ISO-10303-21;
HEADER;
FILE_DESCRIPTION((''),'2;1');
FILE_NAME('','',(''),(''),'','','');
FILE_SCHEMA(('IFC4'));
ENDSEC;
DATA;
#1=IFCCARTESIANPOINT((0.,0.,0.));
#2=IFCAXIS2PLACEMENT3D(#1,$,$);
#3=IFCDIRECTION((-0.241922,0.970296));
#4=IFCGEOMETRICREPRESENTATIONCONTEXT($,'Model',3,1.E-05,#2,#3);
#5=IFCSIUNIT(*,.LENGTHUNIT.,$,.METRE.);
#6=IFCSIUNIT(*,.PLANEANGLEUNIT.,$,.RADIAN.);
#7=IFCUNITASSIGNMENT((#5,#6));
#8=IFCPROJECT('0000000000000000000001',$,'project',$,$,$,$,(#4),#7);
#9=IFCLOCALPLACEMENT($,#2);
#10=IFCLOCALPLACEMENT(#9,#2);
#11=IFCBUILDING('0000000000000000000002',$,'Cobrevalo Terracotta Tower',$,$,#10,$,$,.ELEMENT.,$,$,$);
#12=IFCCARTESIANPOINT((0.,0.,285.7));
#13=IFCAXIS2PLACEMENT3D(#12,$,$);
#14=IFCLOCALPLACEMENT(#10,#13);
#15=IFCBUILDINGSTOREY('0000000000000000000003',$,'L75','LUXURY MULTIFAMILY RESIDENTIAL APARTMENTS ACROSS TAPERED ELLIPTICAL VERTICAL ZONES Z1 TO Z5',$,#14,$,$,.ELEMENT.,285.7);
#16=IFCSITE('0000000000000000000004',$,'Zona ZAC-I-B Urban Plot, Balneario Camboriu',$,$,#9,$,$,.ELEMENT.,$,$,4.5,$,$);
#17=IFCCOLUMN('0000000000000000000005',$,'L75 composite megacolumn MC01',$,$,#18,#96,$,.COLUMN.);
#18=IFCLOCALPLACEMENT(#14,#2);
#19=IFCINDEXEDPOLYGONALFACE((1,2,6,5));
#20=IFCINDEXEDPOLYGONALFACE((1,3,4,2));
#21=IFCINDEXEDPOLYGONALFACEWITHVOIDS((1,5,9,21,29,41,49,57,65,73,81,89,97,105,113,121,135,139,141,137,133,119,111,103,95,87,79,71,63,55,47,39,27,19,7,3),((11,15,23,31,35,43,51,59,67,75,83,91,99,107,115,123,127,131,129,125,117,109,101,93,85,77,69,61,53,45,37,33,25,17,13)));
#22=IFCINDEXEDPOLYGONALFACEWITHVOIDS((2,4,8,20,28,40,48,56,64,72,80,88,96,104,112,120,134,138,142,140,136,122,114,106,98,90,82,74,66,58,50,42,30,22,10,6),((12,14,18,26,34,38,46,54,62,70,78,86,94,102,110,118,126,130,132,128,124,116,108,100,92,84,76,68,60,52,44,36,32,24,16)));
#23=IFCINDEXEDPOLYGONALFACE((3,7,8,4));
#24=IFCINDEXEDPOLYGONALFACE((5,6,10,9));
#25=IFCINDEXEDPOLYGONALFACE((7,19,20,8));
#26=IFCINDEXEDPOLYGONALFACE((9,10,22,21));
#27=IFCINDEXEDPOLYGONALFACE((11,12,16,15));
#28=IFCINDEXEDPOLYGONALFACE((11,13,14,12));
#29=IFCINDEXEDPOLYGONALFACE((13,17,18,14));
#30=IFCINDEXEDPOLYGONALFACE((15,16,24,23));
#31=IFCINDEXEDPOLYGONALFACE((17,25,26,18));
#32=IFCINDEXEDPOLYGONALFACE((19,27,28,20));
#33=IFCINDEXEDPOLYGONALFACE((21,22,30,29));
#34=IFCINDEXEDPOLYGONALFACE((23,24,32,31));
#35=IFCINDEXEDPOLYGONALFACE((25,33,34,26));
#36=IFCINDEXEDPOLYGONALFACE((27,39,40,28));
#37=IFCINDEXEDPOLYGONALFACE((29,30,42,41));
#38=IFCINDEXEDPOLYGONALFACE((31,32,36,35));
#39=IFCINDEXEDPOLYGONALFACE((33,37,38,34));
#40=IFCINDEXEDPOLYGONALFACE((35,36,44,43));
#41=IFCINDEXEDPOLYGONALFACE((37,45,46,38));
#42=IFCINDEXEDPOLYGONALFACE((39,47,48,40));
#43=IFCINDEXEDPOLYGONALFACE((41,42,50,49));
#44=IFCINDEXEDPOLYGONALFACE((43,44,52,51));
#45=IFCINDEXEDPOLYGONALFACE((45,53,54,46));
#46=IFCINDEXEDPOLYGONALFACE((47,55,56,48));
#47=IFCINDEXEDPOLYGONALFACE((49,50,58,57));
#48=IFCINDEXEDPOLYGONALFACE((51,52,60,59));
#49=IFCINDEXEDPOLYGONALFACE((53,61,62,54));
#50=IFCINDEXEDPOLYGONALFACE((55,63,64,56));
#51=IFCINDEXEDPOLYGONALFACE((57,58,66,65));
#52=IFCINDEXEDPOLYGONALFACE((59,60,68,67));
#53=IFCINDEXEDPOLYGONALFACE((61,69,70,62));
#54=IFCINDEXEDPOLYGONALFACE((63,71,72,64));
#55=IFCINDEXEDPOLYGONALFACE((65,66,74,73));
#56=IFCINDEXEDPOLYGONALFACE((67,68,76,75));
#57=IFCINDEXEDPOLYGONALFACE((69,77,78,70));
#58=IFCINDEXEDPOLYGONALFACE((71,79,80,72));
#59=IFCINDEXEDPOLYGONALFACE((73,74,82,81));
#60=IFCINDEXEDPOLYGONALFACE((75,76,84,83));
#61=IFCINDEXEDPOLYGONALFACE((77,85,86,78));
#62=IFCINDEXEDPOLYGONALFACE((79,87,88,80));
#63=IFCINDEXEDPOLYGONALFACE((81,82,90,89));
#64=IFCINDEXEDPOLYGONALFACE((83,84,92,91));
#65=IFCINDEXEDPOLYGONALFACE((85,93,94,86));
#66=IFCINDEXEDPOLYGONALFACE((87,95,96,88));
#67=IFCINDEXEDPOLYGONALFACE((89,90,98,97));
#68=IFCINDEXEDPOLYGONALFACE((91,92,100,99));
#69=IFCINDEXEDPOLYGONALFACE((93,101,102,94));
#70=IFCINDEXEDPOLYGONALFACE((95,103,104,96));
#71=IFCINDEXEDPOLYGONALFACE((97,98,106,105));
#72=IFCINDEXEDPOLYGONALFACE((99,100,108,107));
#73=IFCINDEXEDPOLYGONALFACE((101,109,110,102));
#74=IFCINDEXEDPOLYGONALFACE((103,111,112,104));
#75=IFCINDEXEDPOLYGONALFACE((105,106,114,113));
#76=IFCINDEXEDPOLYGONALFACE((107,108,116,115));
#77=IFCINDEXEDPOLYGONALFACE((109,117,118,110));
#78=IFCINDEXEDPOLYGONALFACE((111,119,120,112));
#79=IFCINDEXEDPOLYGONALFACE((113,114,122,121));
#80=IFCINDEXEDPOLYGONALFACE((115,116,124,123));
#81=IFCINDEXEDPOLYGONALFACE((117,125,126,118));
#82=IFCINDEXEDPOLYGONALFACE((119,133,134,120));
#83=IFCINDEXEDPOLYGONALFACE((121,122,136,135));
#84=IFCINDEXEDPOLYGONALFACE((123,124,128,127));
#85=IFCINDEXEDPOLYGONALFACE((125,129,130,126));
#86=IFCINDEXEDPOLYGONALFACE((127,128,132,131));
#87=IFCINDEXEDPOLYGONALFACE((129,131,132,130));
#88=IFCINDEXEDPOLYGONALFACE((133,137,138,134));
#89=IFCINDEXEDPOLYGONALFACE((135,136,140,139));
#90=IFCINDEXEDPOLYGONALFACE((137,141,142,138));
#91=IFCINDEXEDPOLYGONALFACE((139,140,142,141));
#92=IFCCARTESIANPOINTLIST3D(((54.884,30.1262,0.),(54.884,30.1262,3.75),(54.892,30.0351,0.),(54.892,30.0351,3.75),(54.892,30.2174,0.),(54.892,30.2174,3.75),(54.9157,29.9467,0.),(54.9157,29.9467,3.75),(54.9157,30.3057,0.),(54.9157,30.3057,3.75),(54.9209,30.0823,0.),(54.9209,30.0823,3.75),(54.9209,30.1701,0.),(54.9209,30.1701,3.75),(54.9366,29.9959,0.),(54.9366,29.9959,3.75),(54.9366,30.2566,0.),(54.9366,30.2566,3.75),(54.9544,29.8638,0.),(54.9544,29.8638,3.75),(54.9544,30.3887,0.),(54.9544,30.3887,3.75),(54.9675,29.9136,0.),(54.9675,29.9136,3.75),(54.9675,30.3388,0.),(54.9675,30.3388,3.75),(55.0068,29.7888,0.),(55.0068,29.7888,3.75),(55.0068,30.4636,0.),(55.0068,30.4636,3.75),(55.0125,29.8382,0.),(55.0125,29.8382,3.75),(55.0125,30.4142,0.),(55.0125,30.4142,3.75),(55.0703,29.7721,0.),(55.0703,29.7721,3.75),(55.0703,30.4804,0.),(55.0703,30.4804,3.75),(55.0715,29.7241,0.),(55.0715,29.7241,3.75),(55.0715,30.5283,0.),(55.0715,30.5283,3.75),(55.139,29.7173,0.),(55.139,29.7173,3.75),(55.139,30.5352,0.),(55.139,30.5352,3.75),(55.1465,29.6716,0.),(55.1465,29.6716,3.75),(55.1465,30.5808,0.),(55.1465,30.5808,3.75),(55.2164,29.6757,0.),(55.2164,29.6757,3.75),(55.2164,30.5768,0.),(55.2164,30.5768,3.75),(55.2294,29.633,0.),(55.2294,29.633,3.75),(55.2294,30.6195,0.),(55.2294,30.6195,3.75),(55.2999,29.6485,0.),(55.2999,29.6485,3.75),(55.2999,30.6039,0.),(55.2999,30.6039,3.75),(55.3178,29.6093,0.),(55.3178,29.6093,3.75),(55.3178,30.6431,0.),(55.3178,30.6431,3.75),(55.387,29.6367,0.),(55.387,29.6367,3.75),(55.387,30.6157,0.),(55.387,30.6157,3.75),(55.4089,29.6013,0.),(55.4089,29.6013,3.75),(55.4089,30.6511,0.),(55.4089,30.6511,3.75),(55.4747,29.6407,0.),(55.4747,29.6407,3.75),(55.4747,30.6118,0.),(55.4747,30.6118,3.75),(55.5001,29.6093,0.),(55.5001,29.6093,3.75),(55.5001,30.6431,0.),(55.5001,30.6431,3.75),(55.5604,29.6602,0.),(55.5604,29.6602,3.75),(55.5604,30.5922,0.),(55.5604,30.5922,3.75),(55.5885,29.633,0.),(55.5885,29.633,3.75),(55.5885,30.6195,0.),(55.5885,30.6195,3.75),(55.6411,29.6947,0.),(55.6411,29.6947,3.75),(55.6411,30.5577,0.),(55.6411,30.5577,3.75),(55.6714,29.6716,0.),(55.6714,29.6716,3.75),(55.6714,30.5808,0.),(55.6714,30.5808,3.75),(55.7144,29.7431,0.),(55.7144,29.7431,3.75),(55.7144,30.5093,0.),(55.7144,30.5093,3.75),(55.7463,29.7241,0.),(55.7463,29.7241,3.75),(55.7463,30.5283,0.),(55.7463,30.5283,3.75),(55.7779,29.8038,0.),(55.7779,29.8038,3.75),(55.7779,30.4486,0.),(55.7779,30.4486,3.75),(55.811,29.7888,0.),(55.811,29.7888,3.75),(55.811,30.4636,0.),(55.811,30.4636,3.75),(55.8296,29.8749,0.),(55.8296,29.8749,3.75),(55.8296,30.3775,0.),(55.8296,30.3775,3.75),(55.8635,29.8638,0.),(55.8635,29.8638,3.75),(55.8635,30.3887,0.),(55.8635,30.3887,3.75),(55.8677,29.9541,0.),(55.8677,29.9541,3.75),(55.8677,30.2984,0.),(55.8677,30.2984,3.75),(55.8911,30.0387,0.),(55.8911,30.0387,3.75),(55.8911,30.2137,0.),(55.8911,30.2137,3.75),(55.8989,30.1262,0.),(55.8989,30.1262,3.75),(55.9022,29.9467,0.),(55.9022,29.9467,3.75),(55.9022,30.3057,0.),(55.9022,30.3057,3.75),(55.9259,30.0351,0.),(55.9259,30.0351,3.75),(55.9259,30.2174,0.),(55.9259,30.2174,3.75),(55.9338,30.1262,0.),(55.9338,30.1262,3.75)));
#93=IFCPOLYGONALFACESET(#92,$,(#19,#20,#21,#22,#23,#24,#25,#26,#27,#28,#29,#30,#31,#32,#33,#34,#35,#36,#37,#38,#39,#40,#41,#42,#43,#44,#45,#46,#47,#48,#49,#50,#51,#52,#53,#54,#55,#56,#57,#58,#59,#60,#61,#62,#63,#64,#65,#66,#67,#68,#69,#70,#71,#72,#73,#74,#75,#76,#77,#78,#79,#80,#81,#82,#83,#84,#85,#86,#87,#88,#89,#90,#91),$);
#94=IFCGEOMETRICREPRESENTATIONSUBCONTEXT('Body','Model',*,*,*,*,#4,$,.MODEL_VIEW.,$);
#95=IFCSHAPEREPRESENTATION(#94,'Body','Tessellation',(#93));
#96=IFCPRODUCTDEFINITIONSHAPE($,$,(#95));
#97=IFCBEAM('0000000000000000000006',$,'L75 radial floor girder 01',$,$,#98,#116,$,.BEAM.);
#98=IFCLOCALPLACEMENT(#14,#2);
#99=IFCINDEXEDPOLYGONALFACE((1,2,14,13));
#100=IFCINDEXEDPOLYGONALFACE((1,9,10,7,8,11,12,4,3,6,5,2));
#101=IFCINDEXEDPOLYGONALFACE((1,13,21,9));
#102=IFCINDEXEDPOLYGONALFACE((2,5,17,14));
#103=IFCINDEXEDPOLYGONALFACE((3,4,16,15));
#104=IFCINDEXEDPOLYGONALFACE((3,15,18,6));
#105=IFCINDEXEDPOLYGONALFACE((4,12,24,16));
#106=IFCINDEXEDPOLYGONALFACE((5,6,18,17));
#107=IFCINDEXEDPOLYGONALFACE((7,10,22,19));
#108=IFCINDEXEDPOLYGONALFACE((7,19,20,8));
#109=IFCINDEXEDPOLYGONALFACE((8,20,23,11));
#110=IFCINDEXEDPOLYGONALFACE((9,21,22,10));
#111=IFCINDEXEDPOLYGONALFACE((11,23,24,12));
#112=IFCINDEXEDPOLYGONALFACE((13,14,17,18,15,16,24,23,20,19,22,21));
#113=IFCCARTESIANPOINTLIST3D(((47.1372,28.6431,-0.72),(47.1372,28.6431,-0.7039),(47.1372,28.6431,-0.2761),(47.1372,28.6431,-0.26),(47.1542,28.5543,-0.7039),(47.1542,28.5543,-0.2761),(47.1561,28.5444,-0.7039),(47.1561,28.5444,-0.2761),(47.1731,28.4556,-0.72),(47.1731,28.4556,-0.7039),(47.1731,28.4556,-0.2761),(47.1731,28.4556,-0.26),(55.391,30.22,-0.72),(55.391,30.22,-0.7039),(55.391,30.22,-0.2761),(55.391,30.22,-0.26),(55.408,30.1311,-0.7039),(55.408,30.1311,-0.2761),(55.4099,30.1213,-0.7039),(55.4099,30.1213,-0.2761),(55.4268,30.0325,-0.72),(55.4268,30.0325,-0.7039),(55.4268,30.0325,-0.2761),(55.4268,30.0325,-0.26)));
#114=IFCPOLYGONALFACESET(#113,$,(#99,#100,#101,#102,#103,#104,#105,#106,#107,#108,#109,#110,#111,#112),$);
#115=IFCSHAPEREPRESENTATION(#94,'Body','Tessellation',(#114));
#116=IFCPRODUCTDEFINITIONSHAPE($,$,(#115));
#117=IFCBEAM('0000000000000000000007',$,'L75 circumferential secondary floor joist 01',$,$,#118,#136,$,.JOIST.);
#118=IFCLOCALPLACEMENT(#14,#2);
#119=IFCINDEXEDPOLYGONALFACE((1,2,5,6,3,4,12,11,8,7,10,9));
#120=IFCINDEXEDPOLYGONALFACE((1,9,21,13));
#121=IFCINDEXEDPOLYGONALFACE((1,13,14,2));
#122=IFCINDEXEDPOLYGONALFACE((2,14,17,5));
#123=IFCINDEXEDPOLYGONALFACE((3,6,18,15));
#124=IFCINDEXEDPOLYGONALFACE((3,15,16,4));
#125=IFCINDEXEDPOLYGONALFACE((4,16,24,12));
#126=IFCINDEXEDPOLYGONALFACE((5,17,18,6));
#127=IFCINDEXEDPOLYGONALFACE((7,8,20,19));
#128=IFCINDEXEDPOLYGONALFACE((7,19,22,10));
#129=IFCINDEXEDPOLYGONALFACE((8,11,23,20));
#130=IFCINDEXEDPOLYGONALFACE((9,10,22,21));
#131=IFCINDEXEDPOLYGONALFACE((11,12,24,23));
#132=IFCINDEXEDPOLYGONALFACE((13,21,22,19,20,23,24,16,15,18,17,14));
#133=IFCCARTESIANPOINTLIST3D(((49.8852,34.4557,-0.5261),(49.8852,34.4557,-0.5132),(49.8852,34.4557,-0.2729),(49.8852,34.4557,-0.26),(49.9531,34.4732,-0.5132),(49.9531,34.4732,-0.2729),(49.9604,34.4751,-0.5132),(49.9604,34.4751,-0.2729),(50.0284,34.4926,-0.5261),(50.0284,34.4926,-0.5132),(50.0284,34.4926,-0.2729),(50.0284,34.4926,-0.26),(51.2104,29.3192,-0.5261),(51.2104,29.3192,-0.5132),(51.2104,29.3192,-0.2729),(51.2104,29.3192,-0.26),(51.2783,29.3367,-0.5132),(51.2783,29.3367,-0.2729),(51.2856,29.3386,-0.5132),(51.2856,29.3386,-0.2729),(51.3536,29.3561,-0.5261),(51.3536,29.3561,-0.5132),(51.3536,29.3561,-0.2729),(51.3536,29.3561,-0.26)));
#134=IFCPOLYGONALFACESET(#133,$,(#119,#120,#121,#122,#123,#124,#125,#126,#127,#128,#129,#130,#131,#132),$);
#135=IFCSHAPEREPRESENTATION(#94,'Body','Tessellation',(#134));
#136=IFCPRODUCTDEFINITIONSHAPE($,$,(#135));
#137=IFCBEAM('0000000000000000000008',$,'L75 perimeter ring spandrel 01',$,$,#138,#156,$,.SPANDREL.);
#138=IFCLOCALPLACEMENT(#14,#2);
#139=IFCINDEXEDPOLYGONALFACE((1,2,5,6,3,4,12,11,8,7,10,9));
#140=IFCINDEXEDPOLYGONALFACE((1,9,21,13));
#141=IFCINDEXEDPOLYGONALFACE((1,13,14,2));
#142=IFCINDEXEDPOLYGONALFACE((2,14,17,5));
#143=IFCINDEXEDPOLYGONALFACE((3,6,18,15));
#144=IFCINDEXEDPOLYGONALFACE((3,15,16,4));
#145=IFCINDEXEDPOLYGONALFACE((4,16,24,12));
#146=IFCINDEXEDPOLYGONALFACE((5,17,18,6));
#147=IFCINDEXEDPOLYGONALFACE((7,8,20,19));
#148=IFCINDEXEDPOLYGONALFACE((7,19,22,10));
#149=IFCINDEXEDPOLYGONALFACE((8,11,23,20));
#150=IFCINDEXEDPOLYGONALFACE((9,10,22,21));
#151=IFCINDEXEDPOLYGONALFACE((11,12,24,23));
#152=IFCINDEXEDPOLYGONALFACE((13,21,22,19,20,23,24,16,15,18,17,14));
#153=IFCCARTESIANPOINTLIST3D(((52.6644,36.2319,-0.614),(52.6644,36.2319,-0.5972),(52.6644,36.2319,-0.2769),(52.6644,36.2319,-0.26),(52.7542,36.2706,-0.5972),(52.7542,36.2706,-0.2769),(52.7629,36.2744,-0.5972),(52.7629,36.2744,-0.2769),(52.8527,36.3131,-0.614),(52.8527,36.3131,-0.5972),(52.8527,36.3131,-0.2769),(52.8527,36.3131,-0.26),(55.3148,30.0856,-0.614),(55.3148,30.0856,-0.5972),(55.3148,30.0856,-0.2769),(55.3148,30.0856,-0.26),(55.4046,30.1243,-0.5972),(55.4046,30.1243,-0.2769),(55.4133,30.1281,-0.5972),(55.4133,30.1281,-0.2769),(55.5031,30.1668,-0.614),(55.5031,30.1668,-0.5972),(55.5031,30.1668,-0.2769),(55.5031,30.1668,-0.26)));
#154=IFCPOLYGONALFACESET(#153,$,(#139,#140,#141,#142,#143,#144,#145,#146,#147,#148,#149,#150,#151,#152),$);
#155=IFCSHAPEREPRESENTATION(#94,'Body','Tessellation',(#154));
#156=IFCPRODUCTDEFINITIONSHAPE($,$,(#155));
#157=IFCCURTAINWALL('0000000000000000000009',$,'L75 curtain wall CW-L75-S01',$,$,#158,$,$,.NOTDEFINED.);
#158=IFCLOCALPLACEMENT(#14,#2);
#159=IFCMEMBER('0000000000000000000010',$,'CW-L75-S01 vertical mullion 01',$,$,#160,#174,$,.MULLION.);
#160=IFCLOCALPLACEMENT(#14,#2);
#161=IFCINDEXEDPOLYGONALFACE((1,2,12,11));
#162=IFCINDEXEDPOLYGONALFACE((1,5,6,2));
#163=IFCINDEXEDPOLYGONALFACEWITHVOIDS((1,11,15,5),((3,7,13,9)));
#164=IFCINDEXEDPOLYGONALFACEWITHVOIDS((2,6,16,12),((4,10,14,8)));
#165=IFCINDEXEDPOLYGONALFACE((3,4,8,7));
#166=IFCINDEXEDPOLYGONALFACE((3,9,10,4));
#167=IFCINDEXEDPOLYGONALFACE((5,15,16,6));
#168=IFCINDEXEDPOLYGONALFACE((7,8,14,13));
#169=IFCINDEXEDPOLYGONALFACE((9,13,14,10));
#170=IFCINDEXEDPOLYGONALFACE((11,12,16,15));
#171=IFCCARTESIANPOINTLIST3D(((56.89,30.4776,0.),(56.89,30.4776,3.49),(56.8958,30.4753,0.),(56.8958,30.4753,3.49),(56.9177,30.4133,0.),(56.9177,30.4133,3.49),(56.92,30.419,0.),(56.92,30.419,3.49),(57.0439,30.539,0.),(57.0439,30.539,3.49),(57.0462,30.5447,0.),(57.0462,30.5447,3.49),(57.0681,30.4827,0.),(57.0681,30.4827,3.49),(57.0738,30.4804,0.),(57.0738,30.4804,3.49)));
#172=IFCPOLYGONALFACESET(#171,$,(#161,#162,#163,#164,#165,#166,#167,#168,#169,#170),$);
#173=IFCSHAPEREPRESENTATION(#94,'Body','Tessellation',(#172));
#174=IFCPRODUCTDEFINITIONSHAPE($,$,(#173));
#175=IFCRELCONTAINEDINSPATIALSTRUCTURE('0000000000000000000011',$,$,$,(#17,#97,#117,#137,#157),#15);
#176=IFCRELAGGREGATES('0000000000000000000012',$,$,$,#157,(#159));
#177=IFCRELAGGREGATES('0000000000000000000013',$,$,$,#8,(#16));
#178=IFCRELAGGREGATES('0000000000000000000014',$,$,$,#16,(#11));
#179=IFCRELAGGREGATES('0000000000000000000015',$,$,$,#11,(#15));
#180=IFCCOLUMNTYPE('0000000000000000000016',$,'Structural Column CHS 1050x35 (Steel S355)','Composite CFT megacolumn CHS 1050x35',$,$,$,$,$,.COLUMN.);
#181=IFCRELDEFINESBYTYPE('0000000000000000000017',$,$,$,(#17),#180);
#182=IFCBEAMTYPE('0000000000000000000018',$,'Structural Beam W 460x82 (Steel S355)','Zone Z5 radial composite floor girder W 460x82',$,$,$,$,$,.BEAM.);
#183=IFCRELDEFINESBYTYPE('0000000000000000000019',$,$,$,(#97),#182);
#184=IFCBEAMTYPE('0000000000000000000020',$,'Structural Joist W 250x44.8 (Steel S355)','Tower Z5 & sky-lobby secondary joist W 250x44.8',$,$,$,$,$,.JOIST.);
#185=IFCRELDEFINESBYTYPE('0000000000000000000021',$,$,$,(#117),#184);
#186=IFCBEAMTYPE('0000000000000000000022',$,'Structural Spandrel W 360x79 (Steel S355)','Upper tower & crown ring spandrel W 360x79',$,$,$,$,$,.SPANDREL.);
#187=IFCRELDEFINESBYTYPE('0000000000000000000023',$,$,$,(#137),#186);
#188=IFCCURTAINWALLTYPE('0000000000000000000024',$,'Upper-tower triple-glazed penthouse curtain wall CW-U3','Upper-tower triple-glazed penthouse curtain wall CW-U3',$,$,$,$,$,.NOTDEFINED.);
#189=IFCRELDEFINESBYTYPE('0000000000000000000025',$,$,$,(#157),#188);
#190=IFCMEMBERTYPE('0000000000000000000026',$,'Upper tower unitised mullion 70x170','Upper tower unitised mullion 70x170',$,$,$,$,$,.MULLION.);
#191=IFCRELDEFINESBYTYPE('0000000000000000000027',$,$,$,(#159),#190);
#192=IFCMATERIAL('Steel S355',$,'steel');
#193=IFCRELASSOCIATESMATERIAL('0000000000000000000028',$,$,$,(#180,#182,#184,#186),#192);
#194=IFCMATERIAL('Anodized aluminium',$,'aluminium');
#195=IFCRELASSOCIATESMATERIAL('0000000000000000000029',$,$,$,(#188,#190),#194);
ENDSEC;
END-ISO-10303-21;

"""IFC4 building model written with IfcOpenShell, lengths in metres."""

from ifc_helpers import new_model, si_unit, direction, frame, origin, origin_2d, place, context, subcontext, project, spatial, hollow_rectangle, hollow_circle, i_section, extrude, source, transform, mapped, material, material_profile, profile_set, type_object, element, aggregate, save


model = new_model("IFC4")

# Units and contexts
model_context = context("Model", 3, precision=1e-05, world=origin(), true_north=direction((-0.241922, 0.970296)))
body_context = subcontext(model_context, "Body", "Model", "MODEL_VIEW")
ifc_project = project(units=[si_unit("LENGTHUNIT", "METRE"), si_unit("PLANEANGLEUNIT", "RADIAN")], contexts=[model_context])

# Site, building, storey
site_placement = place(None, origin())
site = spatial("IfcSite", under=ifc_project, at=site_placement, Name="Zona ZAC-I-B Urban Plot, Balneario Camboriu", CompositionType="ELEMENT", RefElevation=4.5)
building_placement = place(site_placement, origin())
building = spatial("IfcBuilding", under=site, at=building_placement, Name="Cobrevalo Terracotta Tower", CompositionType="ELEMENT")
storey_placement = place(building_placement, frame((0.0, 0.0, 285.7)))
storey = spatial("IfcBuildingStorey", under=building, at=storey_placement, Name="L75", Description="LUXURY MULTIFAMILY RESIDENTIAL APARTMENTS ACROSS TAPERED ELLIPTICAL VERTICAL ZONES Z1 TO Z5", CompositionType="ELEMENT", Elevation=285.7)

# Column
ifc_material_1 = material(Name="Steel S355", Category="steel")
ifc_material_profile_1 = material_profile(ifc_material_1, hollow_circle(Radius=0.5249, WallThickness=0.0349, at=origin_2d()), Name="CHS 1050x35")
ifc_profile_set_1 = profile_set([ifc_material_profile_1], Name="Steel S355")
column_type = type_object("IfcColumnType", Name="Structural Column CHS 1050x35 (Steel S355)", Description="Composite CFT megacolumn CHS 1050x35", PredefinedType="COLUMN", material=ifc_profile_set_1)
column_placement = place(storey_placement, frame((55.4089, 30.1262, 0.0), z_axis=(0.0, 0.0, 1.0), x_axis=(1.0, 0.0, 0.0)))
element("IfcColumn", 1, at=column_placement, inside=storey, type_object=column_type, Name="L75 composite megacolumn MC01", PredefinedType="COLUMN", context=body_context, shape_type="SweptSolid", body=[
    extrude(hollow_circle(Radius=0.5249, WallThickness=0.0349, at=origin_2d()), origin(), (0.0, 0.0, 1.0), 3.75),
])

# Beams
ifc_material_profile_2 = material_profile(ifc_material_1, i_section(OverallWidth=0.1909, OverallDepth=0.46, WebThickness=0.01, FlangeThickness=0.0161, at=origin_2d()), Name="W 460x82")
ifc_profile_set_2 = profile_set([ifc_material_profile_2], Name="Steel S355")
beam_type_1 = type_object("IfcBeamType", Name="Structural Beam W 460x82 (Steel S355)", Description="Zone Z5 radial composite floor girder W 460x82", PredefinedType="BEAM", material=ifc_profile_set_2)
beam_1_placement = place(storey_placement, frame((55.4089, 30.1262, -0.49), z_axis=(-0.982235, -0.187655, 0.0), x_axis=(0.187655, -0.982235, 0.0)))
element("IfcBeam", 2, at=beam_1_placement, inside=storey, type_object=beam_type_1, Name="L75 radial floor girder 01", PredefinedType="BEAM", context=body_context, shape_type="SweptSolid", body=[
    extrude(i_section(OverallWidth=0.1909, OverallDepth=0.46, WebThickness=0.01, FlangeThickness=0.0161, at=origin_2d()), origin(), (0.0, 0.0, 1.0), 8.4031),
])
ifc_material_profile_3 = material_profile(ifc_material_1, i_section(OverallWidth=0.1479, OverallDepth=0.2661, WebThickness=0.0076, FlangeThickness=0.0129, at=origin_2d()), Name="W 250x44.8")
ifc_profile_set_3 = profile_set([ifc_material_profile_3], Name="Steel S355")
beam_type_2 = type_object("IfcBeamType", Name="Structural Joist W 250x44.8 (Steel S355)", Description="Tower Z5 & sky-lobby secondary joist W 250x44.8", PredefinedType="JOIST", material=ifc_profile_set_3)
beam_2_placement = place(storey_placement, frame((51.282, 29.3376, -0.3931), z_axis=(-0.249817, 0.968293, 0.0), x_axis=(-0.968293, -0.249817, 0.0)))
element("IfcBeam", 3, at=beam_2_placement, inside=storey, type_object=beam_type_2, Name="L75 circumferential secondary floor joist 01", PredefinedType="JOIST", context=body_context, shape_type="SweptSolid", body=[
    extrude(i_section(OverallWidth=0.1479, OverallDepth=0.2661, WebThickness=0.0076, FlangeThickness=0.0129, at=origin_2d()), origin(), (0.0, 0.0, 1.0), 5.3047),
])
ifc_material_profile_4 = material_profile(ifc_material_1, i_section(OverallWidth=0.2051, OverallDepth=0.354, WebThickness=0.0095, FlangeThickness=0.0168, at=origin_2d()), Name="W 360x79")
ifc_profile_set_4 = profile_set([ifc_material_profile_4], Name="Steel S355")
beam_type_3 = type_object("IfcBeamType", Name="Structural Spandrel W 360x79 (Steel S355)", Description="Upper tower & crown ring spandrel W 360x79", PredefinedType="SPANDREL", material=ifc_profile_set_4)
beam_3_placement = place(storey_placement, frame((55.4089, 30.1262, -0.437), z_axis=(-0.395974, 0.918262, 0.0), x_axis=(-0.918262, -0.395974, 0.0)))
element("IfcBeam", 4, at=beam_3_placement, inside=storey, type_object=beam_type_3, Name="L75 perimeter ring spandrel 01", PredefinedType="SPANDREL", context=body_context, shape_type="SweptSolid", body=[
    extrude(i_section(OverallWidth=0.2051, OverallDepth=0.354, WebThickness=0.0095, FlangeThickness=0.0168, at=origin_2d()), origin(), (0.0, 0.0, 1.0), 6.6934),
])

# Curtain wall, member
ifc_material_2 = material(Name="Anodized aluminium", Category="aluminium")
curtain_wall_type = type_object("IfcCurtainWallType", Name="Upper-tower triple-glazed penthouse curtain wall CW-U3", Description="Upper-tower triple-glazed penthouse curtain wall CW-U3", PredefinedType="NOTDEFINED", material=ifc_material_2)
curtain_wall_1_placement = place(storey_placement, origin())
curtain_wall_1 = element("IfcCurtainWall", 5, at=curtain_wall_1_placement, inside=storey, type_object=curtain_wall_type, Name="L75 curtain wall CW-L75-S01", PredefinedType="NOTDEFINED")
ifc_material_profile_5 = material_profile(ifc_material_2, hollow_rectangle(XDim=0.0701, YDim=0.1699, WallThickness=0.0044, at=origin_2d()), Name="CWM 70x170")
ifc_profile_set_5 = profile_set([ifc_material_profile_5], Name="Anodized aluminium")
member_type_1 = type_object("IfcMemberType", Name="Upper tower unitised mullion 70x170", Description="Upper tower unitised mullion 70x170", PredefinedType="MULLION", material=ifc_profile_set_5)
shared_shape_1 = source(origin(), body_context, "Body", "SweptSolid", [
    extrude(hollow_rectangle(XDim=0.0701, YDim=0.1699, WallThickness=0.0044, at=origin_2d()), origin(), (0.0, 0.0, 1.0), 3.49),
])
member_1_placement = place(storey_placement, frame((56.9819, 30.479, 0.0), z_axis=(0.0, 0.0, 1.0), x_axis=(-0.394824, 0.918757, 0.0)))
member_1 = element("IfcMember", 6, at=member_1_placement, type_object=member_type_1, Name="CW-L75-S01 vertical mullion 01", PredefinedType="MULLION", context=body_context, shape_type="MappedRepresentation", body=[
    mapped(shared_shape_1, transform((0.0, 0.0, 0.0), scale=1.0)),
])

aggregate(curtain_wall_1, [member_1])

save(model, "model.ifc")
